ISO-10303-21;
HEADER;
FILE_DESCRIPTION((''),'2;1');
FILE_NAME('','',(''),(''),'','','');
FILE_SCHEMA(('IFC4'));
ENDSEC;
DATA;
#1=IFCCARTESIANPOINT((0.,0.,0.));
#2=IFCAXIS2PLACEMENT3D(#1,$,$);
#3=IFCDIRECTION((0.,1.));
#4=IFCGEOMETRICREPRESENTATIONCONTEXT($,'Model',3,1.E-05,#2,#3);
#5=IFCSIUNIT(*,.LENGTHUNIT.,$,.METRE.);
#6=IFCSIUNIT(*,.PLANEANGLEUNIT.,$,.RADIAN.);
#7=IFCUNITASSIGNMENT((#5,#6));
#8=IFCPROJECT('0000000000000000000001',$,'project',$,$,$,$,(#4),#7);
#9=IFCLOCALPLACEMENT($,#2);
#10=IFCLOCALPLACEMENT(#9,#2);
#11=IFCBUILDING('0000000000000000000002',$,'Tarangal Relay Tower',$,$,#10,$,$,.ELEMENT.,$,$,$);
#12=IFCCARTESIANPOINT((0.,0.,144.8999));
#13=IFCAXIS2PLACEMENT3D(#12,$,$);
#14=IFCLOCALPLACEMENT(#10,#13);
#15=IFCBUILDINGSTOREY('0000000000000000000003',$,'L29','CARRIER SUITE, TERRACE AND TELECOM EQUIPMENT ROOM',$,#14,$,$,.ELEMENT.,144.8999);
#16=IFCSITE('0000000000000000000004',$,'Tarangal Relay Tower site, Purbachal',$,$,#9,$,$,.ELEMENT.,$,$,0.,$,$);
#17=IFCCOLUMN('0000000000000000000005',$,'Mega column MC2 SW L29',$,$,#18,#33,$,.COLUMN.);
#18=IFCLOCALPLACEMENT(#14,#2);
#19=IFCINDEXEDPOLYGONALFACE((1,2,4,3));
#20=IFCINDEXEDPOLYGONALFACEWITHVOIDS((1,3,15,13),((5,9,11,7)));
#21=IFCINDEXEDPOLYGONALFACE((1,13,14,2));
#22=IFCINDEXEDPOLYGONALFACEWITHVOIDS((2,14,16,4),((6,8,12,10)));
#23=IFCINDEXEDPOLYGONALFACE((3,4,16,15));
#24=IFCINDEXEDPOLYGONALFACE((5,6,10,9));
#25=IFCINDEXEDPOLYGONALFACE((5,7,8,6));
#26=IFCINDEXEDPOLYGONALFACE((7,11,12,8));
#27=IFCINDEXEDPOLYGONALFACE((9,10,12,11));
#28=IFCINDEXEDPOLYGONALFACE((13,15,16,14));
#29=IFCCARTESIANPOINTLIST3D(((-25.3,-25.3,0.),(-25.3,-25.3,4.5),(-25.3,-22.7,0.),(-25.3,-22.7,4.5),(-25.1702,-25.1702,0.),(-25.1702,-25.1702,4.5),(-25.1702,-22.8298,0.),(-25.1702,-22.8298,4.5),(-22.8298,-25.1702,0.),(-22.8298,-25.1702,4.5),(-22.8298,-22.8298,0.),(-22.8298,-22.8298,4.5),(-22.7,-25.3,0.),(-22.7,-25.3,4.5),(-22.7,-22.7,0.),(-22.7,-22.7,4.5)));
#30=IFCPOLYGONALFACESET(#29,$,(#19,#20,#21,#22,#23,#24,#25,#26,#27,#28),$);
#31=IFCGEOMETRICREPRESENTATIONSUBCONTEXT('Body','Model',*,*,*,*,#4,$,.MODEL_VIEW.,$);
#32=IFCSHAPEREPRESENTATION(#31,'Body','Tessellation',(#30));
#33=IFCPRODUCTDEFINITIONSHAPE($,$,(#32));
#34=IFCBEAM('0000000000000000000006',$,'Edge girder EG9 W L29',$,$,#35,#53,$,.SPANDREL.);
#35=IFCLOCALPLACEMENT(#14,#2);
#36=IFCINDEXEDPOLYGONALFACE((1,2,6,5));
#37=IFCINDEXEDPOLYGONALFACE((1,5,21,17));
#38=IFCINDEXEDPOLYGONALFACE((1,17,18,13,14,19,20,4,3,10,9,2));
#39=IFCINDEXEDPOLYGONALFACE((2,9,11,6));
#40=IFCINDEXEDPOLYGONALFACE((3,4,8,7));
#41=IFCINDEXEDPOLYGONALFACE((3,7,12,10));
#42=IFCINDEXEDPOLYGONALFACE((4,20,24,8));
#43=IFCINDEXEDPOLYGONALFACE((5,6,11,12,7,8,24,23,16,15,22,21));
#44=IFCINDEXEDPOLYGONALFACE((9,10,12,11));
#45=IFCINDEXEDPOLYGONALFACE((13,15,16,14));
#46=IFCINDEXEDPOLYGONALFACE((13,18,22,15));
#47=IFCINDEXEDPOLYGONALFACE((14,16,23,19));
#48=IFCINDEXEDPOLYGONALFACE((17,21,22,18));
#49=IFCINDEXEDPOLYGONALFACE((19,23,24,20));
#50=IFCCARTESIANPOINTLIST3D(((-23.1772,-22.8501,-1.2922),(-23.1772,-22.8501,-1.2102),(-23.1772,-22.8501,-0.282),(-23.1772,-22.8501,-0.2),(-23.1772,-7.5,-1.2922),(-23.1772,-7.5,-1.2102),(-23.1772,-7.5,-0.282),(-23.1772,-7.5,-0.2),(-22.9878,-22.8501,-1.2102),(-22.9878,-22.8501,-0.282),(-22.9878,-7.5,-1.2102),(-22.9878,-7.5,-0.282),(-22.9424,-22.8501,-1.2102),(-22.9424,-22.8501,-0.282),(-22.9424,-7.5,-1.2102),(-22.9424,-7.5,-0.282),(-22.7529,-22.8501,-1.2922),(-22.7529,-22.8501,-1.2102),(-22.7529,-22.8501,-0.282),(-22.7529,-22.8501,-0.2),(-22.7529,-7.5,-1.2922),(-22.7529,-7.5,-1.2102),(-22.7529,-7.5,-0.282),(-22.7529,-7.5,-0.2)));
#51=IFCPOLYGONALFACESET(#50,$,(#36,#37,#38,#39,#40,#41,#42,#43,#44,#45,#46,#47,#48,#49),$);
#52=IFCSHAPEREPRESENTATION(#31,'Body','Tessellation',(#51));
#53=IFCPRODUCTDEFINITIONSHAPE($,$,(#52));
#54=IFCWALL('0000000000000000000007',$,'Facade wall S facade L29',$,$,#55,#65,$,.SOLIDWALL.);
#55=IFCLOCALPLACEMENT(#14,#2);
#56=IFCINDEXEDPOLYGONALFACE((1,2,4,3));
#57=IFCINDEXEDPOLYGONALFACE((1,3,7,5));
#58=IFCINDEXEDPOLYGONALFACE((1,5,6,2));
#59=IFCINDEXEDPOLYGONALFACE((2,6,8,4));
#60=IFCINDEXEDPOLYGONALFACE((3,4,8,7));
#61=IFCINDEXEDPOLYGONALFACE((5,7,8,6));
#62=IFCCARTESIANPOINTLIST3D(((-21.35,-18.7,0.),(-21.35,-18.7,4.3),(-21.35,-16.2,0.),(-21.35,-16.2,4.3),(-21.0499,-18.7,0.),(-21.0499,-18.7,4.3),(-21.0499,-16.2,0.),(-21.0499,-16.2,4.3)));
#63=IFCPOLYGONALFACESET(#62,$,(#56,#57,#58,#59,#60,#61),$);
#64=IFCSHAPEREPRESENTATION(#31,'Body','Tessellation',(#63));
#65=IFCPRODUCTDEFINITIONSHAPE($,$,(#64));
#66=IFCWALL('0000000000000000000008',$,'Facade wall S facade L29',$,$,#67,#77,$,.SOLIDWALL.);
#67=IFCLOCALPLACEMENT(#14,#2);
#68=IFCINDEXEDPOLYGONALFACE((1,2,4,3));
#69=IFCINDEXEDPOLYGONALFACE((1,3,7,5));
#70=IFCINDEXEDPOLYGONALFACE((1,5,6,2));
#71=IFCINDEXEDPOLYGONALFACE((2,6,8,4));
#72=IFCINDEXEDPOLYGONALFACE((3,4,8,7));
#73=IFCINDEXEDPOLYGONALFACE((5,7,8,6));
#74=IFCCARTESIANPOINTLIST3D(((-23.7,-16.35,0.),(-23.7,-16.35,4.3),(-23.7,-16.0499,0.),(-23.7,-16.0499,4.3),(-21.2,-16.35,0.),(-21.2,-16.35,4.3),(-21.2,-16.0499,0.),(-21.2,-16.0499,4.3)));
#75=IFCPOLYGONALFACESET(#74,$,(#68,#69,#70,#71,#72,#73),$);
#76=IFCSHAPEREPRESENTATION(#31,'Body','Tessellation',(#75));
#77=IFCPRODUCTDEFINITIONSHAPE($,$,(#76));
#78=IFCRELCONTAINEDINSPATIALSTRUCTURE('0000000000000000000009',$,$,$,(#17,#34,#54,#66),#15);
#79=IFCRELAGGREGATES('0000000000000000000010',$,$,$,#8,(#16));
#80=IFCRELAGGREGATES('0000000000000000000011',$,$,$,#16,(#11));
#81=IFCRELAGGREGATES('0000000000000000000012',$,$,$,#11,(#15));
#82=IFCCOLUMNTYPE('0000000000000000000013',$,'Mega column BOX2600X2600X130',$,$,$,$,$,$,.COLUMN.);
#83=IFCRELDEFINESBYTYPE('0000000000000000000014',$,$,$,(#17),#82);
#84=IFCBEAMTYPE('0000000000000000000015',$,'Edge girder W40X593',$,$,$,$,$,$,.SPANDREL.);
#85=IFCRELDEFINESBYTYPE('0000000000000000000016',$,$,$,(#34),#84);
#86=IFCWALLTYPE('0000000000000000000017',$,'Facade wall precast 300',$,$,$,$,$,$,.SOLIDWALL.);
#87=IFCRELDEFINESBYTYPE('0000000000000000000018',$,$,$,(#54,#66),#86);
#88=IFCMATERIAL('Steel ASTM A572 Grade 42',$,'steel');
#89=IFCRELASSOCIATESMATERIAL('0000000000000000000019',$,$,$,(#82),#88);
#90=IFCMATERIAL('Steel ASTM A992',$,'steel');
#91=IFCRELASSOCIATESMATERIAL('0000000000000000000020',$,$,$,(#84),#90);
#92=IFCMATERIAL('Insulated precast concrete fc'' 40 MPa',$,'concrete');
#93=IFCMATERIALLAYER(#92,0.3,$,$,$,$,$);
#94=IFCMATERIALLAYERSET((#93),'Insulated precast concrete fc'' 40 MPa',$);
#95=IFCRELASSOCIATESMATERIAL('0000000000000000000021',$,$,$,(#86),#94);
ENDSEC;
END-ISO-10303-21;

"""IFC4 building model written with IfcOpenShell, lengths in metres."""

from ifc_helpers import new_model, si_unit, direction, frame, frame_2d, origin, origin_2d, place, context, subcontext, project, spatial, rectangle, hollow_rectangle, i_section, extrude, material, layer, layer_set, material_profile, profile_set, type_object, element, save


model = new_model("IFC4")

# Units and contexts
model_context = context("Model", 3, precision=1e-05, world=origin(), true_north=direction((0.0, 1.0)))
body_context = subcontext(model_context, "Body", "Model", "MODEL_VIEW")
ifc_project = project(units=[si_unit("LENGTHUNIT", "METRE"), si_unit("PLANEANGLEUNIT", "RADIAN")], contexts=[model_context])

# Site, building, storey
site_placement = place(None, origin())
site = spatial("IfcSite", under=ifc_project, at=site_placement, Name="Tarangal Relay Tower site, Purbachal", CompositionType="ELEMENT", RefElevation=0.0)
building_placement = place(site_placement, origin())
building = spatial("IfcBuilding", under=site, at=building_placement, Name="Tarangal Relay Tower", CompositionType="ELEMENT")
storey_placement = place(building_placement, frame((0.0, 0.0, 144.8999)))
storey = spatial("IfcBuildingStorey", under=building, at=storey_placement, Name="L29", Description="CARRIER SUITE, TERRACE AND TELECOM EQUIPMENT ROOM", CompositionType="ELEMENT", Elevation=144.8999)

# Column
ifc_material_1 = material(Name="Steel ASTM A572 Grade 42", Category="steel")
ifc_material_profile_1 = material_profile(ifc_material_1, hollow_rectangle(XDim=2.6001, YDim=2.6001, WallThickness=0.1299, at=origin_2d()), Name="BOX2600X2600X130")
ifc_profile_set_1 = profile_set([ifc_material_profile_1], Name="Steel ASTM A572 Grade 42")
column_type = type_object("IfcColumnType", Name="Mega column BOX2600X2600X130", PredefinedType="COLUMN", material=ifc_profile_set_1)
column_placement = place(storey_placement, frame((-24.0, -24.0, 0.0), z_axis=(0.0, 0.0, 1.0), x_axis=(1.0, 0.0, 0.0)))
element("IfcColumn", 1, at=column_placement, inside=storey, type_object=column_type, Name="Mega column MC2 SW L29", PredefinedType="COLUMN", context=body_context, shape_type="SweptSolid", body=[
    extrude(hollow_rectangle(XDim=2.6001, YDim=2.6001, WallThickness=0.1299, at=origin_2d()), origin(), (0.0, 0.0, 1.0), 4.5),
])

# Beam
ifc_material_2 = material(Name="Steel ASTM A992", Category="steel")
ifc_material_profile_2 = material_profile(ifc_material_2, i_section(OverallWidth=0.4243, OverallDepth=1.0923, WebThickness=0.0454, FlangeThickness=0.082, at=origin_2d()), Name="W40X593")
ifc_profile_set_2 = profile_set([ifc_material_profile_2], Name="Steel ASTM A992")
beam_type = type_object("IfcBeamType", Name="Edge girder W40X593", PredefinedType="SPANDREL", material=ifc_profile_set_2)
beam_placement = place(storey_placement, frame((-22.9651, -22.8501, -0.7461), z_axis=(0.0, 1.0, 0.0), x_axis=(-1.0, 0.0, 0.0)))
element("IfcBeam", 2, at=beam_placement, inside=storey, type_object=beam_type, Name="Edge girder EG9 W L29", PredefinedType="SPANDREL", context=body_context, shape_type="SweptSolid", body=[
    extrude(i_section(OverallWidth=0.4243, OverallDepth=1.0923, WebThickness=0.0454, FlangeThickness=0.082, at=origin_2d()), origin(), (0.0, 0.0, 1.0), 15.3501),
])

# Walls
ifc_material_3 = material(Name="Insulated precast concrete fc' 40 MPa", Category="concrete")
ifc_layer = layer(ifc_material_3, 0.3)
ifc_layer_set = layer_set([ifc_layer], Name="Insulated precast concrete fc' 40 MPa")
wall_type = type_object("IfcWallType", Name="Facade wall precast 300", PredefinedType="SOLIDWALL", material=ifc_layer_set)
for number, where, z_axis, x_axis, name in (
    (3, (-21.2, -18.7, 0.0), (0.0, 0.0, 1.0), (0.0, 1.0, 0.0), "Facade wall S facade L29"),
    (4, (-21.2, -16.2, 0.0), (0.0, 0.0, 1.0), (-1.0, 0.0, 0.0), "Facade wall S facade L29"),
):
    element("IfcWall", number, at=place(storey_placement, frame(where, z_axis=z_axis, x_axis=x_axis)), inside=storey, type_object=wall_type, Name=name, PredefinedType="SOLIDWALL", context=body_context, shape_type="SweptSolid", body=[
        extrude(rectangle(XDim=2.5, YDim=0.3, at=frame_2d((1.25, 0.0))), origin(), (0.0, 0.0, 1.0), 4.3),
    ])

save(model, "model.ifc")
